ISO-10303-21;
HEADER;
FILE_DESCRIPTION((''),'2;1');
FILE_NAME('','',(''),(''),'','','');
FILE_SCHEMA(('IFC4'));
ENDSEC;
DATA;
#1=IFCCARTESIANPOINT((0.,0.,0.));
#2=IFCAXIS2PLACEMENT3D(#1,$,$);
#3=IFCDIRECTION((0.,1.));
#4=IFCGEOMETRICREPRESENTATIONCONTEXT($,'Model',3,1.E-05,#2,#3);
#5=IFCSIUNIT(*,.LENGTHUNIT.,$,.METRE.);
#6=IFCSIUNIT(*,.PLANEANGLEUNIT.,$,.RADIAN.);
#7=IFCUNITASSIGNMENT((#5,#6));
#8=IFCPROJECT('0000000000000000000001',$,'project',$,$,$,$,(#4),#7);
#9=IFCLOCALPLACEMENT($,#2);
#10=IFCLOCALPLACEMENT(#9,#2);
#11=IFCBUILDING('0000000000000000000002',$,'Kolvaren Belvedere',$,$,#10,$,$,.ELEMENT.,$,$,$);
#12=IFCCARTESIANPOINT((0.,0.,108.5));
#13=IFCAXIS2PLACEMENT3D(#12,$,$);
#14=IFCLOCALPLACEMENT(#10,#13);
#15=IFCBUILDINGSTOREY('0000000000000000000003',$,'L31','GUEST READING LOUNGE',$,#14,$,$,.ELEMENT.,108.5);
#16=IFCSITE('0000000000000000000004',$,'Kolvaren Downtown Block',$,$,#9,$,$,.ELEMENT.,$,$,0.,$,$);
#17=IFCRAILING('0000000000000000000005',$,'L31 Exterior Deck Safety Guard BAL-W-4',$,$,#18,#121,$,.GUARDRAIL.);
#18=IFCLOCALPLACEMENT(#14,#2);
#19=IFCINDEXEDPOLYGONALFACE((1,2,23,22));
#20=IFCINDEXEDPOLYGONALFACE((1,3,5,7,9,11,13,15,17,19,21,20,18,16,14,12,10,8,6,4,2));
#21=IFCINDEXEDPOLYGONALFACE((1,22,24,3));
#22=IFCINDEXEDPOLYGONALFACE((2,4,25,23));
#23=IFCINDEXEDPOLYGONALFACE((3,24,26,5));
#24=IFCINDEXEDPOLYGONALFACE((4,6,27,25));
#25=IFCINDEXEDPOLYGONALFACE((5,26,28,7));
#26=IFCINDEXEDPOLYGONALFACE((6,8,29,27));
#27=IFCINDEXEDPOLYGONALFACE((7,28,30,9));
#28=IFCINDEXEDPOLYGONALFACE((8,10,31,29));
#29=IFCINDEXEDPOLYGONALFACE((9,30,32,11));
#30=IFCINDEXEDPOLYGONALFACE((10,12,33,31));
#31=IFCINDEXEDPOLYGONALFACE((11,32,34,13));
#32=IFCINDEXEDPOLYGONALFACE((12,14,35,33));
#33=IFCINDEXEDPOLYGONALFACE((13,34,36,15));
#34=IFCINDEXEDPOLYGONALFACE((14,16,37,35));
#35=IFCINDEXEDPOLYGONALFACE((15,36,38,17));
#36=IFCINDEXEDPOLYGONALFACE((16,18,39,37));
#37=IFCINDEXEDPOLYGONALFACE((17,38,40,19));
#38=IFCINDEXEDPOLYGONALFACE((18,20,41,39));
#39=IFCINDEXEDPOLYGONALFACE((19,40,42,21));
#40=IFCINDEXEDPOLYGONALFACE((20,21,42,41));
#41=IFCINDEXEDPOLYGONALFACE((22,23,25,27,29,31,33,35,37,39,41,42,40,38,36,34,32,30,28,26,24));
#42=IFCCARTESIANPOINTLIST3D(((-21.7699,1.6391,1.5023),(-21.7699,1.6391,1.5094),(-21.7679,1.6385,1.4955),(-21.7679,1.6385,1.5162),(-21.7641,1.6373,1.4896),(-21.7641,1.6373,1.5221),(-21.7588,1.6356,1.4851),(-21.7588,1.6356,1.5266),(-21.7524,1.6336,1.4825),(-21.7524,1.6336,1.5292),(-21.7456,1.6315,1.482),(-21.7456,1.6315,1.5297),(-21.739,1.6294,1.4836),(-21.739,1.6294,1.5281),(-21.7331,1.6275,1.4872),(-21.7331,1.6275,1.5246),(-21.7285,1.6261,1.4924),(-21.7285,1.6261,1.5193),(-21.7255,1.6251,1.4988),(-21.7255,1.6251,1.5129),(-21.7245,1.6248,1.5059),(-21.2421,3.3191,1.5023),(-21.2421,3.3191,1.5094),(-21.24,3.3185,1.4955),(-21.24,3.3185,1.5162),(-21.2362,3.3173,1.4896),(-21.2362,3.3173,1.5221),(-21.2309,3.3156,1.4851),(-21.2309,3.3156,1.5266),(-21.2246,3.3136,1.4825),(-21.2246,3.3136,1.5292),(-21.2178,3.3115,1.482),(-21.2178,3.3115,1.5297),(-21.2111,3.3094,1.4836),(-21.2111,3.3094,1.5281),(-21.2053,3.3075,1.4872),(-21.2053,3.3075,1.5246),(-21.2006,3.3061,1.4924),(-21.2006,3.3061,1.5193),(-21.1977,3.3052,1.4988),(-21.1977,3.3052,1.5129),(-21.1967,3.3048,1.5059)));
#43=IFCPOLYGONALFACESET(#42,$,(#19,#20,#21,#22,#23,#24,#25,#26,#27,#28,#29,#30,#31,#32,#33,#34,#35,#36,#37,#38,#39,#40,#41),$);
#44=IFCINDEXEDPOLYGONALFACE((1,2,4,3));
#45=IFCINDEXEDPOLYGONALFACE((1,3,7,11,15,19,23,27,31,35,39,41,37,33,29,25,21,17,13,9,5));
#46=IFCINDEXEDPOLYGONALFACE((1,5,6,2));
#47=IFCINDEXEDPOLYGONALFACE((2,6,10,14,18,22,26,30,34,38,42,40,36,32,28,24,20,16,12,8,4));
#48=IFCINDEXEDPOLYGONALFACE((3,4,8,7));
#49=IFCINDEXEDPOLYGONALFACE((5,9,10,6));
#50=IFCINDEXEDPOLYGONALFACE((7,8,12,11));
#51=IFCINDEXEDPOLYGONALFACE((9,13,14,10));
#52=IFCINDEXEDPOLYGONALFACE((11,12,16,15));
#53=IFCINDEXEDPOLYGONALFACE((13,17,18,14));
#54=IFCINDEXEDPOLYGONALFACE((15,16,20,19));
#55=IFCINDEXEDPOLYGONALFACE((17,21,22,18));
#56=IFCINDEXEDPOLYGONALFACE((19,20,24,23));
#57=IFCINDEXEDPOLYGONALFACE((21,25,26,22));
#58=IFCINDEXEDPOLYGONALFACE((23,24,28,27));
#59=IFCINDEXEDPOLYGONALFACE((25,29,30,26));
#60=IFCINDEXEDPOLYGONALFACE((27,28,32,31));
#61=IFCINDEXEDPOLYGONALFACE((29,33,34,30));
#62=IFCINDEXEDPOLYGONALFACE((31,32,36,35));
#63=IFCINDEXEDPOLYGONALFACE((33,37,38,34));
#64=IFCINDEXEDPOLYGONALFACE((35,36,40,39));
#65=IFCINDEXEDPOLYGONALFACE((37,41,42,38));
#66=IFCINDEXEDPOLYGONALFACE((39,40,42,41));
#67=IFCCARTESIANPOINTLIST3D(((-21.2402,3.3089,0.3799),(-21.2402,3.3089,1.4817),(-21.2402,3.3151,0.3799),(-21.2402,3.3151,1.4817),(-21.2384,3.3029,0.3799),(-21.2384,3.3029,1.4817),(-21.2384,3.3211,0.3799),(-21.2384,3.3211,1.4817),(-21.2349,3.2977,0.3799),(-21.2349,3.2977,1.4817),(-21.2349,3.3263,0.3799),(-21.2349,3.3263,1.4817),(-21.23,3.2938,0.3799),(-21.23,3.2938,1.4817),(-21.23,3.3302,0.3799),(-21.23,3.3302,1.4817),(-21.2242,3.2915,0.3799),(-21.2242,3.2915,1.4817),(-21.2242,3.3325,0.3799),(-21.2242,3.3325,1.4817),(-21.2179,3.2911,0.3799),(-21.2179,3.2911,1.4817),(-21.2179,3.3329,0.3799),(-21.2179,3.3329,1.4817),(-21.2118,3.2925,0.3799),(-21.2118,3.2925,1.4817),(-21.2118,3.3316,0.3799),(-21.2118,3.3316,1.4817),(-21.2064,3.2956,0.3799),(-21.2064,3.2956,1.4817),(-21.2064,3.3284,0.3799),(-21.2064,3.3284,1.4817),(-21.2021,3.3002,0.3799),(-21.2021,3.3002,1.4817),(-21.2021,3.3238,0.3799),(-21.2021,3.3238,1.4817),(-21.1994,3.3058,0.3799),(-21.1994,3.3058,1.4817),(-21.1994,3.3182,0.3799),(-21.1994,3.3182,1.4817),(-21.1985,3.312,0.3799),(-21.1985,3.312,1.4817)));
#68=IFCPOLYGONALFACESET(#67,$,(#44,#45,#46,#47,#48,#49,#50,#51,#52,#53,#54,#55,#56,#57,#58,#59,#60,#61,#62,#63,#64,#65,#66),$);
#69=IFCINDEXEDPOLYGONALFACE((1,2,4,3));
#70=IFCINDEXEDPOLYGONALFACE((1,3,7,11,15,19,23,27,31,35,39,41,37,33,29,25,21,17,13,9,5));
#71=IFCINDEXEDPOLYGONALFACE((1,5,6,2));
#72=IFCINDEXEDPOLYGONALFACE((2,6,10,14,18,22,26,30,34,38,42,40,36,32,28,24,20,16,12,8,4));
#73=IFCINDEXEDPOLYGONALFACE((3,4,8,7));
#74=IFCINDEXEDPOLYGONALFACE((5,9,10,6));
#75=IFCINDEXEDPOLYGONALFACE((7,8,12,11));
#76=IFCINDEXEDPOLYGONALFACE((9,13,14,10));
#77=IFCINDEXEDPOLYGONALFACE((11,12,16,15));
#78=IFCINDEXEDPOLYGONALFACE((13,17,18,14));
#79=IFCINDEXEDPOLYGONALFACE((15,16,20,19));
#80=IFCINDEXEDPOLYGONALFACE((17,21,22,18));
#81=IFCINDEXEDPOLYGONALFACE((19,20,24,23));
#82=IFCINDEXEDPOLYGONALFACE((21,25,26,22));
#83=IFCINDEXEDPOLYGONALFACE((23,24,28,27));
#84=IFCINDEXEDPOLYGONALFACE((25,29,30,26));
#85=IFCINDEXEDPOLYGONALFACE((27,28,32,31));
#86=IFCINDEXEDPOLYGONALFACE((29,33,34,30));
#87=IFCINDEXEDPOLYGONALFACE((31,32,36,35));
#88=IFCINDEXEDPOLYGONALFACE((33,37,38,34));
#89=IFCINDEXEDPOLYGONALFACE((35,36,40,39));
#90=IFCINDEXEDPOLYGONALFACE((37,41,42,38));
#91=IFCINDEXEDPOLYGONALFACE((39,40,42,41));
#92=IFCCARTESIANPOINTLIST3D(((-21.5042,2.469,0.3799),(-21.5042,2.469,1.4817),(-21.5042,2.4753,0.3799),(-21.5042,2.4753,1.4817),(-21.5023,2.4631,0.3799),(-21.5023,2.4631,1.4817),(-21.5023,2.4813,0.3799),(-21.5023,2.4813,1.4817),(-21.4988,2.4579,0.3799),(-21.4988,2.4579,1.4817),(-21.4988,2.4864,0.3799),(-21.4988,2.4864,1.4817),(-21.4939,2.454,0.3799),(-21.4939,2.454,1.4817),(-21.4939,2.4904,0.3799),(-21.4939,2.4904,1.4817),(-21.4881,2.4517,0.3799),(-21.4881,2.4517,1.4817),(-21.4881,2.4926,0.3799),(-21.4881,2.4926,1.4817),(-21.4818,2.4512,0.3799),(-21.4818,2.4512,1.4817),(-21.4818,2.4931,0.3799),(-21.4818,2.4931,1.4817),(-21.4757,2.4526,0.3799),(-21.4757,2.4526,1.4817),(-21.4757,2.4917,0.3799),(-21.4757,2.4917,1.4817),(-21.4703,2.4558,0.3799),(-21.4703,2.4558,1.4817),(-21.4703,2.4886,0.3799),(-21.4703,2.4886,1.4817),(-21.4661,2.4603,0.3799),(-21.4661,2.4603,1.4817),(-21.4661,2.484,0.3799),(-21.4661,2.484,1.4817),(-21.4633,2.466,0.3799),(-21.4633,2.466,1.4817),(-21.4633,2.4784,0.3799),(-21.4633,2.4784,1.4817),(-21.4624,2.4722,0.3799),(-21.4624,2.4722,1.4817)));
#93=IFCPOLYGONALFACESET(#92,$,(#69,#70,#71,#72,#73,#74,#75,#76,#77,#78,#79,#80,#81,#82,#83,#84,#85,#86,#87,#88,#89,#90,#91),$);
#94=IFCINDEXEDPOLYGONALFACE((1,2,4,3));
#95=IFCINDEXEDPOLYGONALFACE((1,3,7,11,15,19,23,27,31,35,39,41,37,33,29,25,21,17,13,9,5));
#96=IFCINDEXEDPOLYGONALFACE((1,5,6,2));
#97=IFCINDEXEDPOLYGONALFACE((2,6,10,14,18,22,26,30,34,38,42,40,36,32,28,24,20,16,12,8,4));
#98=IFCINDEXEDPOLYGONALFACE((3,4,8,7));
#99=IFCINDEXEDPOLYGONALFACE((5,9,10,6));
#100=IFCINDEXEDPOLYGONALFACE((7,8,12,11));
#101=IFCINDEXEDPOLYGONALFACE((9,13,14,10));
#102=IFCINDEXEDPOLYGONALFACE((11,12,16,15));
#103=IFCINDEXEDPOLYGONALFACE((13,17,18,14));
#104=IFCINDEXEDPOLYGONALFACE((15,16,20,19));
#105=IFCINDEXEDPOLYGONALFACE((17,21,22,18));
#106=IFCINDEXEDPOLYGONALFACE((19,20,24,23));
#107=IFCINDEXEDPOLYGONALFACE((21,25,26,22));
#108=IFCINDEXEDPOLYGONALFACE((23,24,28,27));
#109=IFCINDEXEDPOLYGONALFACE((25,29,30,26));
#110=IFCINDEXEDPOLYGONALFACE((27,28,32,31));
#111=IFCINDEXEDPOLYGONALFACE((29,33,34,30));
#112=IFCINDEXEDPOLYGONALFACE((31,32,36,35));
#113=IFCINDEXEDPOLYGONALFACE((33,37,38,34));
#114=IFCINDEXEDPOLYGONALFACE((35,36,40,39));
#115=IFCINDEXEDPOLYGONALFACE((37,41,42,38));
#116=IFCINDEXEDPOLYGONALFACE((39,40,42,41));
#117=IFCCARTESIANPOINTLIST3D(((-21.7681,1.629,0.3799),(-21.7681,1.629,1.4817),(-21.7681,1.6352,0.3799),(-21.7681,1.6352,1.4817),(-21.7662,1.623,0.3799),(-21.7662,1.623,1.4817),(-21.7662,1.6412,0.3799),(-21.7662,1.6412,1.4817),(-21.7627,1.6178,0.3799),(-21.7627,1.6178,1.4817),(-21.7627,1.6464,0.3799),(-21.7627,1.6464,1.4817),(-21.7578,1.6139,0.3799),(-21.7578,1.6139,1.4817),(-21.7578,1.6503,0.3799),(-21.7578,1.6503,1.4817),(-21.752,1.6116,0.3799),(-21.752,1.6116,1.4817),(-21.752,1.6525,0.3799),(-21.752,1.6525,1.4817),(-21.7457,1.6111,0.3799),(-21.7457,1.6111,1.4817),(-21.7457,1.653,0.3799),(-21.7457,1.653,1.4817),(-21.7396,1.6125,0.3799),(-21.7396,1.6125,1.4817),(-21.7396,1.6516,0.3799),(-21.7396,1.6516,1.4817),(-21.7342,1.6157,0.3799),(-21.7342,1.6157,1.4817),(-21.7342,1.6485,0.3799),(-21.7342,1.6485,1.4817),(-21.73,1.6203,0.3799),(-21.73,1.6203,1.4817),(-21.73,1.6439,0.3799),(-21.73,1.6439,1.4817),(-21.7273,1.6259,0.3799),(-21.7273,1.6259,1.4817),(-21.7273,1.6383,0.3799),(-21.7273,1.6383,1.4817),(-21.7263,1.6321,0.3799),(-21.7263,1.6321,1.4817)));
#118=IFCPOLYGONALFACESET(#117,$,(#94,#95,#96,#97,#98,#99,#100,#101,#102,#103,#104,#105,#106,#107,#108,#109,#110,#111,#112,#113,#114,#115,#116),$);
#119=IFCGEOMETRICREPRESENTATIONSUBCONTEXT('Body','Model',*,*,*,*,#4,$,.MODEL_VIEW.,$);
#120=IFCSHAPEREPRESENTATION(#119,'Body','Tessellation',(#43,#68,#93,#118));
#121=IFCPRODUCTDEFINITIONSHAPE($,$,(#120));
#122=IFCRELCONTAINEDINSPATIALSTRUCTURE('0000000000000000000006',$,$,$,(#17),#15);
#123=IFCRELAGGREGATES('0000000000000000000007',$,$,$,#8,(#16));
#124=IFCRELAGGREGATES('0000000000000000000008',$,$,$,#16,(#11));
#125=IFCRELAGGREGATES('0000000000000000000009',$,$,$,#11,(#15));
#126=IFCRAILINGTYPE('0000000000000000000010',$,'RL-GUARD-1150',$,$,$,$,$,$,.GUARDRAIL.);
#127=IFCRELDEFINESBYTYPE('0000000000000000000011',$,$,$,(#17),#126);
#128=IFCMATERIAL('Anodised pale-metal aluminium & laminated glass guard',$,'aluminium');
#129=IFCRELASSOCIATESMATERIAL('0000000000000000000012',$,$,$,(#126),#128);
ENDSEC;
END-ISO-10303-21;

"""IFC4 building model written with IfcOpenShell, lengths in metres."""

from ifc_helpers import new_model, si_unit, direction, frame, origin, origin_2d, place, context, subcontext, project, spatial, circle, extrude, material, type_object, element, save


model = new_model("IFC4")

# Units and contexts
model_context = context("Model", 3, precision=1e-05, world=origin(), true_north=direction((0.0, 1.0)))
body_context = subcontext(model_context, "Body", "Model", "MODEL_VIEW")
ifc_project = project(units=[si_unit("LENGTHUNIT", "METRE"), si_unit("PLANEANGLEUNIT", "RADIAN")], contexts=[model_context])

# Site, building, storey
site_placement = place(None, origin())
site = spatial("IfcSite", under=ifc_project, at=site_placement, Name="Kolvaren Downtown Block", CompositionType="ELEMENT", RefElevation=0.0)
building_placement = place(site_placement, origin())
building = spatial("IfcBuilding", under=site, at=building_placement, Name="Kolvaren Belvedere", CompositionType="ELEMENT")
storey_placement = place(building_placement, frame((0.0, 0.0, 108.5)))
storey = spatial("IfcBuildingStorey", under=building, at=storey_placement, Name="L31", Description="GUEST READING LOUNGE", CompositionType="ELEMENT", Elevation=108.5)

# Railing
ifc_material_1 = material(Name="Anodised pale-metal aluminium & laminated glass guard", Category="aluminium")
railing_type = type_object("IfcRailingType", Name="RL-GUARD-1150", PredefinedType="GUARDRAIL", material=ifc_material_1)
railing_1_placement = place(storey_placement, frame((-21.2195, 3.312, 0.3799)))
element("IfcRailing", 1, at=railing_1_placement, inside=storey, type_object=railing_type, Name="L31 Exterior Deck Safety Guard BAL-W-4", PredefinedType="GUARDRAIL", context=body_context, shape_type="SweptSolid", body=[
    extrude(circle(Radius=0.0239, at=origin_2d()), frame((0.0, 0.0, 1.126), z_axis=(-0.299751, -0.954018, 0.0), x_axis=(0.954018, -0.299751, 0.0)), (0.0, 0.0, 1.0), 1.761),
    extrude(circle(Radius=0.021, at=origin_2d()), origin(), (0.0, 0.0, 1.0), 1.1018),
    extrude(circle(Radius=0.021, at=origin_2d()), frame((-0.2639, -0.8398, 0.0)), (0.0, 0.0, 1.0), 1.1018),
    extrude(circle(Radius=0.021, at=origin_2d()), frame((-0.5278, -1.6799, 0.0)), (0.0, 0.0, 1.0), 1.1018),
])

save(model, "model.ifc")
